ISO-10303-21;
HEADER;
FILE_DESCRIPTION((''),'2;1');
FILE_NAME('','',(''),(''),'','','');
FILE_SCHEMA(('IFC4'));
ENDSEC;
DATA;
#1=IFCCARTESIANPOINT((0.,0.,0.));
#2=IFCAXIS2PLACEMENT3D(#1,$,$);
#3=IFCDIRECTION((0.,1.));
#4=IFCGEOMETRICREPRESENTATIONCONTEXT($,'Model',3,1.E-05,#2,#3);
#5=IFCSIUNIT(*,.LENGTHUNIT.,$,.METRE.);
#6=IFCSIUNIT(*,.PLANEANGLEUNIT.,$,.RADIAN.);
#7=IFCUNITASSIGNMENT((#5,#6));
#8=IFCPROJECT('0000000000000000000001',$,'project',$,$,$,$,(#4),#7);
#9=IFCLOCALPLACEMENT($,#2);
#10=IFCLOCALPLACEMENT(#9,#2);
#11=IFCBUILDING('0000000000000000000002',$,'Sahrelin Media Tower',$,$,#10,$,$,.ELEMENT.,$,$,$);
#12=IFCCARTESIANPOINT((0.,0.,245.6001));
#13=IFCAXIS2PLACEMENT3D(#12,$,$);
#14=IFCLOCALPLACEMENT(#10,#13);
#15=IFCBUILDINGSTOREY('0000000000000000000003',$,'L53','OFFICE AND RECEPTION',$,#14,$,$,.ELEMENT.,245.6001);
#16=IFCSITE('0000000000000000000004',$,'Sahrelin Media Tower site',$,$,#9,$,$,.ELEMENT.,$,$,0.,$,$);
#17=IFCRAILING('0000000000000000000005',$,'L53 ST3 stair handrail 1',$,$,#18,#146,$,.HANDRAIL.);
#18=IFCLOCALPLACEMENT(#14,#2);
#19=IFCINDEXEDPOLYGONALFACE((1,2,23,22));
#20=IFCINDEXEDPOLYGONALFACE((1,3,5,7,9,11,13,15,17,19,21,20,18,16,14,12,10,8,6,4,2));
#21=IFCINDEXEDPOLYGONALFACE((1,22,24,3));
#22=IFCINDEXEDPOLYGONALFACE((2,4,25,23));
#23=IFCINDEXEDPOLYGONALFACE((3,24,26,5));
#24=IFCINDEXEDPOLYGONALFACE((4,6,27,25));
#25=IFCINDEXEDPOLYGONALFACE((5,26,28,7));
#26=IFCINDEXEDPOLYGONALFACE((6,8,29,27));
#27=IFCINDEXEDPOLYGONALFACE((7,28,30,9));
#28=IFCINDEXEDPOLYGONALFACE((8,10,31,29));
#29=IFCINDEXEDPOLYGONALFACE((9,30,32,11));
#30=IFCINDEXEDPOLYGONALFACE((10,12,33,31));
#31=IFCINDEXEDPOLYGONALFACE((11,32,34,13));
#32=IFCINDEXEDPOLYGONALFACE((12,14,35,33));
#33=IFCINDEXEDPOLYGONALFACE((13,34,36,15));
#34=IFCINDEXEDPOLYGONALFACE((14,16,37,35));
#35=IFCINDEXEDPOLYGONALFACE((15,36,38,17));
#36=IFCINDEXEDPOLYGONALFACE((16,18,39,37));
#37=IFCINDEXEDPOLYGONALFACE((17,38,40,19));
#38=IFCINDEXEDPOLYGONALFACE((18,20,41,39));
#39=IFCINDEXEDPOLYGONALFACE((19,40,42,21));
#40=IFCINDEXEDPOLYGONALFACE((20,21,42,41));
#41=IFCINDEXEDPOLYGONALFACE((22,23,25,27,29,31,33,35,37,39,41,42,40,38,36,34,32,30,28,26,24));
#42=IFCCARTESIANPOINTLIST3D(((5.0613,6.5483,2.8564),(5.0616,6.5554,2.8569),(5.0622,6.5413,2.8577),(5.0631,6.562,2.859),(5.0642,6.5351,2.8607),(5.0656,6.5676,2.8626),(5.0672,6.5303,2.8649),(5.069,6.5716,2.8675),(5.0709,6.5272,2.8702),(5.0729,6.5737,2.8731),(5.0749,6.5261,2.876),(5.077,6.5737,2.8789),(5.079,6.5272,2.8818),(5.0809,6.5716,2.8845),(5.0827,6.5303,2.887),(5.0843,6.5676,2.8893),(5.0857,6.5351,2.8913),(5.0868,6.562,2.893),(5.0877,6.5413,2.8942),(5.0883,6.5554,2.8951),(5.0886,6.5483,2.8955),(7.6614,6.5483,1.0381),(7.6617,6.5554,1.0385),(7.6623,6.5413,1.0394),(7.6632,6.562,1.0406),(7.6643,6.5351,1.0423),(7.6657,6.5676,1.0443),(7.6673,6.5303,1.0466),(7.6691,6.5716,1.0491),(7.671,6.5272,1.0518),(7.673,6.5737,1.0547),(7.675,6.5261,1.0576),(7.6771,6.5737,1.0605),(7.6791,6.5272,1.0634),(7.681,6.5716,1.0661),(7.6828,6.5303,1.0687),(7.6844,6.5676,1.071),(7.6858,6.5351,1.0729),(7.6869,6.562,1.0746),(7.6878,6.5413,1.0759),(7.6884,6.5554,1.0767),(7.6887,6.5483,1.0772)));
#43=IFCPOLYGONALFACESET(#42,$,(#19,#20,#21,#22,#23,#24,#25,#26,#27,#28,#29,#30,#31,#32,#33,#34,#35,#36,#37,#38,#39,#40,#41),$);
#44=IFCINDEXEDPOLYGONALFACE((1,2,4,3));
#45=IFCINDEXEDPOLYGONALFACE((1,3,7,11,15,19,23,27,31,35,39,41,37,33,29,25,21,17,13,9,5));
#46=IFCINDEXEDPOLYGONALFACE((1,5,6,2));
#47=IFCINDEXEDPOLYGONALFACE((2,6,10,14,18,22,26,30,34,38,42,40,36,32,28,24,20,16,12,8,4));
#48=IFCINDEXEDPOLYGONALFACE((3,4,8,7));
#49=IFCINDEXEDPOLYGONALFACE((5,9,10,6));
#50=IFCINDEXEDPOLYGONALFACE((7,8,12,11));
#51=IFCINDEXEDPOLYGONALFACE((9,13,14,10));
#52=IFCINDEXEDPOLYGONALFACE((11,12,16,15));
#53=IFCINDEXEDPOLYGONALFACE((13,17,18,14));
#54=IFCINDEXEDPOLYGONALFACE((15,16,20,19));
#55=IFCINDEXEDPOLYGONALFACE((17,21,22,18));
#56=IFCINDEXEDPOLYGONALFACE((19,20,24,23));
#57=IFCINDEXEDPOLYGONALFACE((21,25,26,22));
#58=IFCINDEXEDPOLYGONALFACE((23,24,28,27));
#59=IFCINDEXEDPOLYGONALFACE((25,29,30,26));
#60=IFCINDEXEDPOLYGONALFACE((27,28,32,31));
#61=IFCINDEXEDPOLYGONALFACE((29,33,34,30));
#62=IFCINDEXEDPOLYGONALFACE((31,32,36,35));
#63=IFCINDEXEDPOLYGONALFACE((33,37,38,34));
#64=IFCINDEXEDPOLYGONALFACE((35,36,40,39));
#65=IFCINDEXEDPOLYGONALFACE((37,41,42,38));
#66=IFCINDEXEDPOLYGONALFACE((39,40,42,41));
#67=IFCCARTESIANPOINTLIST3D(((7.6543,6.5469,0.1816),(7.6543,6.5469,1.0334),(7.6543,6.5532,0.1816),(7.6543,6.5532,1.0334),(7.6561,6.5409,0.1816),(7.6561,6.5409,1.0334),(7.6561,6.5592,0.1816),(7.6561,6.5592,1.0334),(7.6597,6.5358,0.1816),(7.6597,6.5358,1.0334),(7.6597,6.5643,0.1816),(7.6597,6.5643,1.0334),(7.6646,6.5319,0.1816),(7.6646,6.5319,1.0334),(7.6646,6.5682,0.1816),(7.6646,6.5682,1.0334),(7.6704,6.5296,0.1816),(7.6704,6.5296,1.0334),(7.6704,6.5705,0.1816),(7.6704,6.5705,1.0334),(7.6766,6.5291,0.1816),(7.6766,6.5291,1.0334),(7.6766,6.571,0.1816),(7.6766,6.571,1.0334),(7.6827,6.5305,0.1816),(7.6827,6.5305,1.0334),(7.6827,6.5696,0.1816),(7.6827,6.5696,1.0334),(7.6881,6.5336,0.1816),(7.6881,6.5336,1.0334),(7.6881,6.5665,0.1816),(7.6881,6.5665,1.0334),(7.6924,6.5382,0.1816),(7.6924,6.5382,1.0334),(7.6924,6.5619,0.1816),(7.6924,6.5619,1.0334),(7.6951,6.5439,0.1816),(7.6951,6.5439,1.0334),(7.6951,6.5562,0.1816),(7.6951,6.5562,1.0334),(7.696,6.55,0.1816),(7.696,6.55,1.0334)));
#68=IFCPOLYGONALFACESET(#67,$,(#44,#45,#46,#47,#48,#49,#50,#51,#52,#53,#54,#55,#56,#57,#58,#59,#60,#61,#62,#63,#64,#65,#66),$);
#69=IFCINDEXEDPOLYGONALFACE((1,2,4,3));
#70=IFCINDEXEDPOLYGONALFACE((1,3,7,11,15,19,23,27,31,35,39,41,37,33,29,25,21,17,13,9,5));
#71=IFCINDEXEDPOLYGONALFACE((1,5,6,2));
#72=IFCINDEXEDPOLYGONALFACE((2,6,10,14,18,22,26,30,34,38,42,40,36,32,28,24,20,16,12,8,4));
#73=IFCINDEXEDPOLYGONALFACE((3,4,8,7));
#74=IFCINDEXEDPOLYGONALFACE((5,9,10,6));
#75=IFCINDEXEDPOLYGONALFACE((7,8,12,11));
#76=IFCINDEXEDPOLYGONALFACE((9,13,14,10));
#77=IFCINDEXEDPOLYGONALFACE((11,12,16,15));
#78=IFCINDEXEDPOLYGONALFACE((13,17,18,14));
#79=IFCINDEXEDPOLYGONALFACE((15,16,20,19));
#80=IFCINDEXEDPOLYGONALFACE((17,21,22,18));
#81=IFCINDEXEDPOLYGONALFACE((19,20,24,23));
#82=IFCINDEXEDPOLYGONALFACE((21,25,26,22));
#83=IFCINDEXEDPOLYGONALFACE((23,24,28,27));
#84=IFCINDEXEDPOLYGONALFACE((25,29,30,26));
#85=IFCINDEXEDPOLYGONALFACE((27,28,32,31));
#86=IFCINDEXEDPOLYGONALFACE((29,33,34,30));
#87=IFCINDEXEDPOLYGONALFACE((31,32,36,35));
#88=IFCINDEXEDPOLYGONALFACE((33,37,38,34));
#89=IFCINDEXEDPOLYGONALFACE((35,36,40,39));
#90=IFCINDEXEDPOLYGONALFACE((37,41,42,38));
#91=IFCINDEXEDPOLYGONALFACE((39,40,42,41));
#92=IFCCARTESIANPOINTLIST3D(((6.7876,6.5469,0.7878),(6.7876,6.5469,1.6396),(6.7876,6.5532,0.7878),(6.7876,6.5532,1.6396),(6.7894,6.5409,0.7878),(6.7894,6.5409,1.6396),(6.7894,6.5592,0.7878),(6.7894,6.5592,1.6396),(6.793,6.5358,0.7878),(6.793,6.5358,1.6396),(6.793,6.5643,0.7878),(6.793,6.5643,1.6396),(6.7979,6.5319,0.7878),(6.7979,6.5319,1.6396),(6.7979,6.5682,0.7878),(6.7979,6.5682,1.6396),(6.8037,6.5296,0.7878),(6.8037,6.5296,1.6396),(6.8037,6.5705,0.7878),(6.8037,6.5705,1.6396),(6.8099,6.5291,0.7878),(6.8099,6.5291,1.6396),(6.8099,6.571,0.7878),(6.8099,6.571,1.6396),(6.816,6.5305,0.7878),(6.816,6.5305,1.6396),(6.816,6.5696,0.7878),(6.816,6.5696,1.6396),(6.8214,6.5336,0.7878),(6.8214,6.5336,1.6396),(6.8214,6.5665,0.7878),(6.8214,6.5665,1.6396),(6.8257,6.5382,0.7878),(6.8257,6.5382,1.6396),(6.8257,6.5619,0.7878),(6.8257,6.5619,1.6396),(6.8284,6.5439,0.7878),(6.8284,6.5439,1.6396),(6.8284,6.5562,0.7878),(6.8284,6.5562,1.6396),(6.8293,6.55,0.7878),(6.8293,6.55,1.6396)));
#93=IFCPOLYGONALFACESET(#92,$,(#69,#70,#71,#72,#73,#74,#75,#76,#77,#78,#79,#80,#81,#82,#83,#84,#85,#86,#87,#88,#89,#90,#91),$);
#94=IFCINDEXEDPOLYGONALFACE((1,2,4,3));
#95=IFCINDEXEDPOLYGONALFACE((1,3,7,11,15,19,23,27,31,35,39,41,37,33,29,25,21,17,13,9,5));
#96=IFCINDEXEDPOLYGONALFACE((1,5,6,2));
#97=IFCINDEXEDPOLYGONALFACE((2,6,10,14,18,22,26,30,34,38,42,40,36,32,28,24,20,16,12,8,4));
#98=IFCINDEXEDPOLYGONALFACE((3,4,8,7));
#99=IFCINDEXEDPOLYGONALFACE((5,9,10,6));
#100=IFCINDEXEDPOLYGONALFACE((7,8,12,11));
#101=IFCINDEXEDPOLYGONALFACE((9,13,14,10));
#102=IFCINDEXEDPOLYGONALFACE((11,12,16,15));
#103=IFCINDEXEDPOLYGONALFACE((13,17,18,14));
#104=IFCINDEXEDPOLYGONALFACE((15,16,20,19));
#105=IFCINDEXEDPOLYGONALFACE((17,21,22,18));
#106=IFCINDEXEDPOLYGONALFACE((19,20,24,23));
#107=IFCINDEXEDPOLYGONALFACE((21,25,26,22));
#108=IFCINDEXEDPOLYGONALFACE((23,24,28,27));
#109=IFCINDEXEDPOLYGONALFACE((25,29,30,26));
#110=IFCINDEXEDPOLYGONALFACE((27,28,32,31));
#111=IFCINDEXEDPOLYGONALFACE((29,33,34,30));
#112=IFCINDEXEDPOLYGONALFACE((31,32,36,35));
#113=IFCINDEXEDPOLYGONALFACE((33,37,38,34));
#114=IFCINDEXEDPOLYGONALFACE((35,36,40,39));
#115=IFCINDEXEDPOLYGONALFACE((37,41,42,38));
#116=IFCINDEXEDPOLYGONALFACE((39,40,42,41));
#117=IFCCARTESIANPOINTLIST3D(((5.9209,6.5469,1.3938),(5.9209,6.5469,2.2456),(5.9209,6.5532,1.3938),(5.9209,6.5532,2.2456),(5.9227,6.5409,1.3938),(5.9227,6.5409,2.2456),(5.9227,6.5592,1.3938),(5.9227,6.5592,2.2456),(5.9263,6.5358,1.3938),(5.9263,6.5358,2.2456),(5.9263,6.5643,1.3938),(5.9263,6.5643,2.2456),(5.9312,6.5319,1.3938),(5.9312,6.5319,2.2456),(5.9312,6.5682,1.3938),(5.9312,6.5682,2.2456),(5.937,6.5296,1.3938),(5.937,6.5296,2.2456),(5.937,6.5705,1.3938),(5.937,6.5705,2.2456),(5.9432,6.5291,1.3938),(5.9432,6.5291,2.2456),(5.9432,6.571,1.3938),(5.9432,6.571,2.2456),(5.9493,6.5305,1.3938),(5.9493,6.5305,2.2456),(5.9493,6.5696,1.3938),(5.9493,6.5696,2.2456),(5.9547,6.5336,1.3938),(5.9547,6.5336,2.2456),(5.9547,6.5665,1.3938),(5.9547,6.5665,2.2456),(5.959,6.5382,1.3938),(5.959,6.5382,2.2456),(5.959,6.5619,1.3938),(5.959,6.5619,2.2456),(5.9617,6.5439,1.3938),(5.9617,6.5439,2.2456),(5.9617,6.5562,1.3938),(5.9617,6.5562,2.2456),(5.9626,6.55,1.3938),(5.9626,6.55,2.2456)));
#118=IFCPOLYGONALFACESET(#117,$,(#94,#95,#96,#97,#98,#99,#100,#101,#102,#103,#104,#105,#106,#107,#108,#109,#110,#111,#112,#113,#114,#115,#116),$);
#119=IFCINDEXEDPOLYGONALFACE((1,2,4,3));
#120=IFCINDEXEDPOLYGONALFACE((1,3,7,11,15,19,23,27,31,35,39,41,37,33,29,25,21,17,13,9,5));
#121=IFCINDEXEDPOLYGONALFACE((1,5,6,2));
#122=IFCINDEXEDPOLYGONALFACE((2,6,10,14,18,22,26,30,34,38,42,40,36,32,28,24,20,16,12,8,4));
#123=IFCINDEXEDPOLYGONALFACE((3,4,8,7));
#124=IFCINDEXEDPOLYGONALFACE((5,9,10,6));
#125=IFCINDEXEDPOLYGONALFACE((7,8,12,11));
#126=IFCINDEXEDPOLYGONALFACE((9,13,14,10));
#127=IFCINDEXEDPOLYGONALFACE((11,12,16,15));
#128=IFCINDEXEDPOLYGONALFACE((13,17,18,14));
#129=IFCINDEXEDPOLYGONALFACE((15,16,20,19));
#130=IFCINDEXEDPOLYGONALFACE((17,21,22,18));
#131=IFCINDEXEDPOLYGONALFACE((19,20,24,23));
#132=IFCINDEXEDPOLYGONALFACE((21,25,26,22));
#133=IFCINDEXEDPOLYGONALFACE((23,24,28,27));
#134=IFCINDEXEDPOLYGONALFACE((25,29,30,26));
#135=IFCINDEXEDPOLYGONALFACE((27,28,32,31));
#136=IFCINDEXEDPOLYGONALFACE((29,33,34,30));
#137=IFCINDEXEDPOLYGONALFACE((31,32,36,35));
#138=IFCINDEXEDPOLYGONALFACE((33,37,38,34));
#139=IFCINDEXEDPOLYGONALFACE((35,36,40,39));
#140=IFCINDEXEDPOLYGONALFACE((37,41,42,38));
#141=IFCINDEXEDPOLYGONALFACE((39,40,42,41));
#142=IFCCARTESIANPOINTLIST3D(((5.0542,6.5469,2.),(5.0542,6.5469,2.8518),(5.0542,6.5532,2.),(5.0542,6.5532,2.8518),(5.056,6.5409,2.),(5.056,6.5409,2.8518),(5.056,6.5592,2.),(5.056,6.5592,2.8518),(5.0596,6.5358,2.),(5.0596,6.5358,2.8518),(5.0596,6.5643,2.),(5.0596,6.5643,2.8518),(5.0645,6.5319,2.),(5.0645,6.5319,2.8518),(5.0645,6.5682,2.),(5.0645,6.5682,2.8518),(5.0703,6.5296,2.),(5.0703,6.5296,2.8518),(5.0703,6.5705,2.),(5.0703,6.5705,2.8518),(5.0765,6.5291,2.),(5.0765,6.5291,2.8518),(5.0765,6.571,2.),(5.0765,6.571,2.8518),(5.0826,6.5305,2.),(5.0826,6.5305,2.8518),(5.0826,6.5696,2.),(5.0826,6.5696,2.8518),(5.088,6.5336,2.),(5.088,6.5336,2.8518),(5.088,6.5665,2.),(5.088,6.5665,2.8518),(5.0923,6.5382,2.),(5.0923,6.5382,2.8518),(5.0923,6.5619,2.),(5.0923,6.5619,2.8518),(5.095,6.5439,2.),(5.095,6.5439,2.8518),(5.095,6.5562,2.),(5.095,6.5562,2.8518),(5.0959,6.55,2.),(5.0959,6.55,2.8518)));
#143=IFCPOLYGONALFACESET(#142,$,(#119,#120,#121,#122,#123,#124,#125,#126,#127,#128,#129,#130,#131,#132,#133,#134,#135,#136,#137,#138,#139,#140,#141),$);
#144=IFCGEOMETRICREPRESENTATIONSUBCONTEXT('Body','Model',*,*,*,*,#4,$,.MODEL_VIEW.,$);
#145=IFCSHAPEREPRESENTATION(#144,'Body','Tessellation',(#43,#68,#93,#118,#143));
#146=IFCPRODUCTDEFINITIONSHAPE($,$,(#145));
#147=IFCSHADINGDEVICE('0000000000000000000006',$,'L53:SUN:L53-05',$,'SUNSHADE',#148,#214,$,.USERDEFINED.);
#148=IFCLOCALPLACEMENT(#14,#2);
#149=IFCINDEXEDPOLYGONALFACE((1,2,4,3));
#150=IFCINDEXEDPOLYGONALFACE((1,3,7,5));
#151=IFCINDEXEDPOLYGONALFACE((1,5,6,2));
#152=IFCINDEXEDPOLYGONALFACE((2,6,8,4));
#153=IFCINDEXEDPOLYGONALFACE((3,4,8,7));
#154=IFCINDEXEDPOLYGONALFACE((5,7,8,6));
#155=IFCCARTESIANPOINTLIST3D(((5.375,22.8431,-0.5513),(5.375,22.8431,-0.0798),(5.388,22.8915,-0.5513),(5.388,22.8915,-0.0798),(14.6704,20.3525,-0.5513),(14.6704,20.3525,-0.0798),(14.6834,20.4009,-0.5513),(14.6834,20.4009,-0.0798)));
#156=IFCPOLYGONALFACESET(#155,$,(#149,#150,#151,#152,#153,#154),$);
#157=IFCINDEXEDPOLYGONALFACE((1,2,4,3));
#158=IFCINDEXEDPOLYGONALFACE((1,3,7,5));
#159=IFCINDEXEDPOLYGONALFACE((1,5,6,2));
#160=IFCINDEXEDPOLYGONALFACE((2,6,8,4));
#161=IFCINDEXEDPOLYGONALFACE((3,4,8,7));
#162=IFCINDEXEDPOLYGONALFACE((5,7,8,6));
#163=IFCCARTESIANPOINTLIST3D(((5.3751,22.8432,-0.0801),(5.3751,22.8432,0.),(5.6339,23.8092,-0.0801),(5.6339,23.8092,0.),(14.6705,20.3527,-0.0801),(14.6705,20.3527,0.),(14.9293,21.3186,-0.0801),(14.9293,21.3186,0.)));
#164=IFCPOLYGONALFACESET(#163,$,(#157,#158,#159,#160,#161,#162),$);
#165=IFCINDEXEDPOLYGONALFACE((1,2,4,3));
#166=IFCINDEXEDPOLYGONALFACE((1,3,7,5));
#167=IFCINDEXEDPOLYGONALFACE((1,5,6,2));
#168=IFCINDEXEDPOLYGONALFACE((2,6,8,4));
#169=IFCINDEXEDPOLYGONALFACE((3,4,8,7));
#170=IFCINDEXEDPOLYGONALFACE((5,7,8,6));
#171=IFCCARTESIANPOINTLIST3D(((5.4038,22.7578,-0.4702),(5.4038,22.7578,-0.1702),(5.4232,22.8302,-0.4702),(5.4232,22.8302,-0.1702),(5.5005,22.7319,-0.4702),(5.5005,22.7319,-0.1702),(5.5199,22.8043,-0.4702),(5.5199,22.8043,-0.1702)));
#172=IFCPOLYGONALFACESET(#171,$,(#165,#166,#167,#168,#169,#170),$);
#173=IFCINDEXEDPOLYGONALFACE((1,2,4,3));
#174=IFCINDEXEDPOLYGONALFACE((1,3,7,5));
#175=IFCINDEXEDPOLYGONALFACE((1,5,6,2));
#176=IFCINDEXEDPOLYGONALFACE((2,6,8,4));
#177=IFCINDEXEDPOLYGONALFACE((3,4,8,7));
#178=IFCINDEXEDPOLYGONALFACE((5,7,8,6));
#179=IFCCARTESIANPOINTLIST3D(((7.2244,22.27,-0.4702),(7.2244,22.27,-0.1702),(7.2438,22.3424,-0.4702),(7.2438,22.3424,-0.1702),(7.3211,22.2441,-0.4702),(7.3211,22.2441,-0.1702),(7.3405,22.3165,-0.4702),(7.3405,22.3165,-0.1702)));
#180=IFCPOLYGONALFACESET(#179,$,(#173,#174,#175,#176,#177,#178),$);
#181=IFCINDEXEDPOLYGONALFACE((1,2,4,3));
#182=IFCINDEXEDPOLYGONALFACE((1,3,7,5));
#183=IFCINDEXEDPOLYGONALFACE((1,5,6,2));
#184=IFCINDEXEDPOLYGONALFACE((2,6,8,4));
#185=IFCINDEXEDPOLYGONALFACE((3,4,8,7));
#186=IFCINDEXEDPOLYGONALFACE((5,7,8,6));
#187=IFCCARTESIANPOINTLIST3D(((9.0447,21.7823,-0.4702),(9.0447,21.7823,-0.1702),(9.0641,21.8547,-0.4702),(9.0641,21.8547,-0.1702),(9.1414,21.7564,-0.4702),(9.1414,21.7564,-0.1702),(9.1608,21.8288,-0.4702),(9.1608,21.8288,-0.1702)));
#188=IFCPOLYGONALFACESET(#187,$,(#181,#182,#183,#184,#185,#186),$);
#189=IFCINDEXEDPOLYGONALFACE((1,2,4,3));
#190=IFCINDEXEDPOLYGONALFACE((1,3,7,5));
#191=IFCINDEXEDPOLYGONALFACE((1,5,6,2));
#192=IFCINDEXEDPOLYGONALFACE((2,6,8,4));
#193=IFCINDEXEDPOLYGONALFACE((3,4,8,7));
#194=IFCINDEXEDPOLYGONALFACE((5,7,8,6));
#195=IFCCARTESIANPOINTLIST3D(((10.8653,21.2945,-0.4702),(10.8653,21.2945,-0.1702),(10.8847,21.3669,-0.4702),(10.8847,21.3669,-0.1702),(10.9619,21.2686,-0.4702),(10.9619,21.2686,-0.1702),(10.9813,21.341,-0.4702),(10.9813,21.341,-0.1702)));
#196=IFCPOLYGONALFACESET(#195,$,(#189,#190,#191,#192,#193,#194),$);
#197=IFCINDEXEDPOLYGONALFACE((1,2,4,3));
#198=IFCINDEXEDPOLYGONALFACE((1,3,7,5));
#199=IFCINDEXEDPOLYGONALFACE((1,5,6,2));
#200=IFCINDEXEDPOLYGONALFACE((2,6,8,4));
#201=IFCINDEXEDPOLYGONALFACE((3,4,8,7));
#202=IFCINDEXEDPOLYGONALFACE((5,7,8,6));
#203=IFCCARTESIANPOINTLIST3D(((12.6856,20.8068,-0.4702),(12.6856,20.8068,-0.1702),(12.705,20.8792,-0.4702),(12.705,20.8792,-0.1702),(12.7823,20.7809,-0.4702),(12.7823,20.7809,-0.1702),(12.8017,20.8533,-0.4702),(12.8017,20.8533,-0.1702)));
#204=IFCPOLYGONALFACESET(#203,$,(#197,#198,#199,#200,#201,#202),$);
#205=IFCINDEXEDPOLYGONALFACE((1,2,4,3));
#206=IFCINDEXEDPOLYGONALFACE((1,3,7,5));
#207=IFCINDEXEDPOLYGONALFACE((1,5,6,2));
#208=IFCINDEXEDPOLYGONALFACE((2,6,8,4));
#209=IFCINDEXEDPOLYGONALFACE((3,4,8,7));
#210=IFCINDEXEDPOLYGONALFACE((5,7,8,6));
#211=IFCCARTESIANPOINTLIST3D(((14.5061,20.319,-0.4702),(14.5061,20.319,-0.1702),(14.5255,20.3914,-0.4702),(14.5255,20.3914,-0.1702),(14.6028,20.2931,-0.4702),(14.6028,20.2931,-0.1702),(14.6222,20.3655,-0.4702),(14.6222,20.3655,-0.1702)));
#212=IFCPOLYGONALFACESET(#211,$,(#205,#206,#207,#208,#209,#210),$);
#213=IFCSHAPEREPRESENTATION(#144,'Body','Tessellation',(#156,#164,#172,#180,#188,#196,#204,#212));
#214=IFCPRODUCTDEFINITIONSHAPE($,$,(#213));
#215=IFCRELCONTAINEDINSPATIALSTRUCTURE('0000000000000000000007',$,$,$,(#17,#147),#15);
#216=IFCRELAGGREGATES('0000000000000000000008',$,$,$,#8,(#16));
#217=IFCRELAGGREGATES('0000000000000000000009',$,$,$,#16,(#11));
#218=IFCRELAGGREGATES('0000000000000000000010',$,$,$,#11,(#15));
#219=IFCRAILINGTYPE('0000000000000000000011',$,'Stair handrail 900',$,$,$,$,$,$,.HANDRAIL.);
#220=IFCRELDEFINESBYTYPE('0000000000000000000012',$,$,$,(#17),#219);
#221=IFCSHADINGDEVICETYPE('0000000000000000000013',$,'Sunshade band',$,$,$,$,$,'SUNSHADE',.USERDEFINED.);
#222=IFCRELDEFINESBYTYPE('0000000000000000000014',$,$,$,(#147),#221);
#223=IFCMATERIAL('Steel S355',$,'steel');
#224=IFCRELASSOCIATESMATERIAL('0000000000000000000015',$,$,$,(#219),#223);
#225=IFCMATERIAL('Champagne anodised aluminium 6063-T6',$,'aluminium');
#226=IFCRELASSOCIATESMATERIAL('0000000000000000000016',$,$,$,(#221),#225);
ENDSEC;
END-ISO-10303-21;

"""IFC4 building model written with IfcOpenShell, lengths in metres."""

from ifc_helpers import new_model, si_unit, direction, frame, origin, origin_2d, place, context, subcontext, project, spatial, rectangle, circle, extrude, material, type_object, element, save


model = new_model("IFC4")

# Units and contexts
model_context = context("Model", 3, precision=1e-05, world=origin(), true_north=direction((0.0, 1.0)))
body_context = subcontext(model_context, "Body", "Model", "MODEL_VIEW")
ifc_project = project(units=[si_unit("LENGTHUNIT", "METRE"), si_unit("PLANEANGLEUNIT", "RADIAN")], contexts=[model_context])

# Site, building, storey
site_placement = place(None, origin())
site = spatial("IfcSite", under=ifc_project, at=site_placement, Name="Sahrelin Media Tower site", CompositionType="ELEMENT", RefElevation=0.0)
building_placement = place(site_placement, origin())
building = spatial("IfcBuilding", under=site, at=building_placement, Name="Sahrelin Media Tower", CompositionType="ELEMENT")
storey_placement = place(building_placement, frame((0.0, 0.0, 245.6001)))
storey = spatial("IfcBuildingStorey", under=building, at=storey_placement, Name="L53", Description="OFFICE AND RECEPTION", CompositionType="ELEMENT", Elevation=245.6001)

# Shared definitions
ifc_material_1 = material(Name="Steel S355", Category="steel")

# Shared definitions
ifc_material_2 = material(Name="Champagne anodised aluminium 6063-T6", Category="aluminium")

# Shared definitions
placement_1 = place(storey_placement, frame((10.0176, 21.5786, 0.0), z_axis=(0.0, 0.0, 1.0), x_axis=(0.965929, -0.258808, 0.0)))

# Railing
railing_type_1 = type_object("IfcRailingType", Name="Stair handrail 900", PredefinedType="HANDRAIL", material=ifc_material_1)
railing_1_placement = place(storey_placement, frame((7.675, 6.55, 0.1816)))
element("IfcRailing", 1, at=railing_1_placement, inside=storey, type_object=railing_type_1, Name="L53 ST3 stair handrail 1", PredefinedType="HANDRAIL", context=body_context, shape_type="SweptSolid", body=[
    extrude(circle(Radius=0.0239, at=origin_2d()), frame((0.0, 0.0, 0.876), z_axis=(-0.819485, 0.0, 0.573101), x_axis=(0.0, -1.0, 0.0)), (0.0, 0.0, 1.0), 3.1729),
    extrude(circle(Radius=0.021, at=origin_2d()), origin(), (0.0, 0.0, 1.0), 0.8518),
    extrude(circle(Radius=0.021, at=origin_2d()), frame((-0.8667, 0.0, 0.6062)), (0.0, 0.0, 1.0), 0.8518),
    extrude(circle(Radius=0.021, at=origin_2d()), frame((-1.7334, 0.0, 1.2122)), (0.0, 0.0, 1.0), 0.8518),
    extrude(circle(Radius=0.021, at=origin_2d()), frame((-2.6001, 0.0, 1.8184)), (0.0, 0.0, 1.0), 0.8518),
])

# Shading device
shading_device_type_1 = type_object("IfcShadingDeviceType", Name="Sunshade band", ElementType="SUNSHADE", PredefinedType="USERDEFINED", material=ifc_material_2)
element("IfcShadingDevice", 2, at=placement_1, inside=storey, type_object=shading_device_type_1, Name="L53:SUN:L53-05", ObjectType="SUNSHADE", PredefinedType="USERDEFINED", context=body_context, shape_type="SweptSolid", body=[
    extrude(rectangle(XDim=9.6233, YDim=0.05, at=origin_2d()), frame((0.0, 0.0449, -0.5513)), (0.0, 0.0, 1.0), 0.4714),
    extrude(rectangle(XDim=9.6233, YDim=1.0, at=origin_2d()), frame((0.0, 0.52, -0.0801)), (0.0, 0.0, 1.0), 0.0801),
    extrude(rectangle(XDim=0.1001, YDim=0.075, at=origin_2d()), frame((-4.7117, -0.0176, -0.4702)), (0.0, 0.0, 1.0), 0.3),
    extrude(rectangle(XDim=0.1001, YDim=0.075, at=origin_2d()), frame((-2.8269, -0.0176, -0.4702)), (0.0, 0.0, 1.0), 0.3),
    extrude(rectangle(XDim=0.1001, YDim=0.075, at=origin_2d()), frame((-0.9424, -0.0176, -0.4702)), (0.0, 0.0, 1.0), 0.3),
    extrude(rectangle(XDim=0.1001, YDim=0.075, at=origin_2d()), frame((0.9424, -0.0176, -0.4702)), (0.0, 0.0, 1.0), 0.3),
    extrude(rectangle(XDim=0.1001, YDim=0.075, at=origin_2d()), frame((2.8269, -0.0176, -0.4702)), (0.0, 0.0, 1.0), 0.3),
    extrude(rectangle(XDim=0.1001, YDim=0.075, at=origin_2d()), frame((4.7117, -0.0176, -0.4702)), (0.0, 0.0, 1.0), 0.3),
])

save(model, "model.ifc")
